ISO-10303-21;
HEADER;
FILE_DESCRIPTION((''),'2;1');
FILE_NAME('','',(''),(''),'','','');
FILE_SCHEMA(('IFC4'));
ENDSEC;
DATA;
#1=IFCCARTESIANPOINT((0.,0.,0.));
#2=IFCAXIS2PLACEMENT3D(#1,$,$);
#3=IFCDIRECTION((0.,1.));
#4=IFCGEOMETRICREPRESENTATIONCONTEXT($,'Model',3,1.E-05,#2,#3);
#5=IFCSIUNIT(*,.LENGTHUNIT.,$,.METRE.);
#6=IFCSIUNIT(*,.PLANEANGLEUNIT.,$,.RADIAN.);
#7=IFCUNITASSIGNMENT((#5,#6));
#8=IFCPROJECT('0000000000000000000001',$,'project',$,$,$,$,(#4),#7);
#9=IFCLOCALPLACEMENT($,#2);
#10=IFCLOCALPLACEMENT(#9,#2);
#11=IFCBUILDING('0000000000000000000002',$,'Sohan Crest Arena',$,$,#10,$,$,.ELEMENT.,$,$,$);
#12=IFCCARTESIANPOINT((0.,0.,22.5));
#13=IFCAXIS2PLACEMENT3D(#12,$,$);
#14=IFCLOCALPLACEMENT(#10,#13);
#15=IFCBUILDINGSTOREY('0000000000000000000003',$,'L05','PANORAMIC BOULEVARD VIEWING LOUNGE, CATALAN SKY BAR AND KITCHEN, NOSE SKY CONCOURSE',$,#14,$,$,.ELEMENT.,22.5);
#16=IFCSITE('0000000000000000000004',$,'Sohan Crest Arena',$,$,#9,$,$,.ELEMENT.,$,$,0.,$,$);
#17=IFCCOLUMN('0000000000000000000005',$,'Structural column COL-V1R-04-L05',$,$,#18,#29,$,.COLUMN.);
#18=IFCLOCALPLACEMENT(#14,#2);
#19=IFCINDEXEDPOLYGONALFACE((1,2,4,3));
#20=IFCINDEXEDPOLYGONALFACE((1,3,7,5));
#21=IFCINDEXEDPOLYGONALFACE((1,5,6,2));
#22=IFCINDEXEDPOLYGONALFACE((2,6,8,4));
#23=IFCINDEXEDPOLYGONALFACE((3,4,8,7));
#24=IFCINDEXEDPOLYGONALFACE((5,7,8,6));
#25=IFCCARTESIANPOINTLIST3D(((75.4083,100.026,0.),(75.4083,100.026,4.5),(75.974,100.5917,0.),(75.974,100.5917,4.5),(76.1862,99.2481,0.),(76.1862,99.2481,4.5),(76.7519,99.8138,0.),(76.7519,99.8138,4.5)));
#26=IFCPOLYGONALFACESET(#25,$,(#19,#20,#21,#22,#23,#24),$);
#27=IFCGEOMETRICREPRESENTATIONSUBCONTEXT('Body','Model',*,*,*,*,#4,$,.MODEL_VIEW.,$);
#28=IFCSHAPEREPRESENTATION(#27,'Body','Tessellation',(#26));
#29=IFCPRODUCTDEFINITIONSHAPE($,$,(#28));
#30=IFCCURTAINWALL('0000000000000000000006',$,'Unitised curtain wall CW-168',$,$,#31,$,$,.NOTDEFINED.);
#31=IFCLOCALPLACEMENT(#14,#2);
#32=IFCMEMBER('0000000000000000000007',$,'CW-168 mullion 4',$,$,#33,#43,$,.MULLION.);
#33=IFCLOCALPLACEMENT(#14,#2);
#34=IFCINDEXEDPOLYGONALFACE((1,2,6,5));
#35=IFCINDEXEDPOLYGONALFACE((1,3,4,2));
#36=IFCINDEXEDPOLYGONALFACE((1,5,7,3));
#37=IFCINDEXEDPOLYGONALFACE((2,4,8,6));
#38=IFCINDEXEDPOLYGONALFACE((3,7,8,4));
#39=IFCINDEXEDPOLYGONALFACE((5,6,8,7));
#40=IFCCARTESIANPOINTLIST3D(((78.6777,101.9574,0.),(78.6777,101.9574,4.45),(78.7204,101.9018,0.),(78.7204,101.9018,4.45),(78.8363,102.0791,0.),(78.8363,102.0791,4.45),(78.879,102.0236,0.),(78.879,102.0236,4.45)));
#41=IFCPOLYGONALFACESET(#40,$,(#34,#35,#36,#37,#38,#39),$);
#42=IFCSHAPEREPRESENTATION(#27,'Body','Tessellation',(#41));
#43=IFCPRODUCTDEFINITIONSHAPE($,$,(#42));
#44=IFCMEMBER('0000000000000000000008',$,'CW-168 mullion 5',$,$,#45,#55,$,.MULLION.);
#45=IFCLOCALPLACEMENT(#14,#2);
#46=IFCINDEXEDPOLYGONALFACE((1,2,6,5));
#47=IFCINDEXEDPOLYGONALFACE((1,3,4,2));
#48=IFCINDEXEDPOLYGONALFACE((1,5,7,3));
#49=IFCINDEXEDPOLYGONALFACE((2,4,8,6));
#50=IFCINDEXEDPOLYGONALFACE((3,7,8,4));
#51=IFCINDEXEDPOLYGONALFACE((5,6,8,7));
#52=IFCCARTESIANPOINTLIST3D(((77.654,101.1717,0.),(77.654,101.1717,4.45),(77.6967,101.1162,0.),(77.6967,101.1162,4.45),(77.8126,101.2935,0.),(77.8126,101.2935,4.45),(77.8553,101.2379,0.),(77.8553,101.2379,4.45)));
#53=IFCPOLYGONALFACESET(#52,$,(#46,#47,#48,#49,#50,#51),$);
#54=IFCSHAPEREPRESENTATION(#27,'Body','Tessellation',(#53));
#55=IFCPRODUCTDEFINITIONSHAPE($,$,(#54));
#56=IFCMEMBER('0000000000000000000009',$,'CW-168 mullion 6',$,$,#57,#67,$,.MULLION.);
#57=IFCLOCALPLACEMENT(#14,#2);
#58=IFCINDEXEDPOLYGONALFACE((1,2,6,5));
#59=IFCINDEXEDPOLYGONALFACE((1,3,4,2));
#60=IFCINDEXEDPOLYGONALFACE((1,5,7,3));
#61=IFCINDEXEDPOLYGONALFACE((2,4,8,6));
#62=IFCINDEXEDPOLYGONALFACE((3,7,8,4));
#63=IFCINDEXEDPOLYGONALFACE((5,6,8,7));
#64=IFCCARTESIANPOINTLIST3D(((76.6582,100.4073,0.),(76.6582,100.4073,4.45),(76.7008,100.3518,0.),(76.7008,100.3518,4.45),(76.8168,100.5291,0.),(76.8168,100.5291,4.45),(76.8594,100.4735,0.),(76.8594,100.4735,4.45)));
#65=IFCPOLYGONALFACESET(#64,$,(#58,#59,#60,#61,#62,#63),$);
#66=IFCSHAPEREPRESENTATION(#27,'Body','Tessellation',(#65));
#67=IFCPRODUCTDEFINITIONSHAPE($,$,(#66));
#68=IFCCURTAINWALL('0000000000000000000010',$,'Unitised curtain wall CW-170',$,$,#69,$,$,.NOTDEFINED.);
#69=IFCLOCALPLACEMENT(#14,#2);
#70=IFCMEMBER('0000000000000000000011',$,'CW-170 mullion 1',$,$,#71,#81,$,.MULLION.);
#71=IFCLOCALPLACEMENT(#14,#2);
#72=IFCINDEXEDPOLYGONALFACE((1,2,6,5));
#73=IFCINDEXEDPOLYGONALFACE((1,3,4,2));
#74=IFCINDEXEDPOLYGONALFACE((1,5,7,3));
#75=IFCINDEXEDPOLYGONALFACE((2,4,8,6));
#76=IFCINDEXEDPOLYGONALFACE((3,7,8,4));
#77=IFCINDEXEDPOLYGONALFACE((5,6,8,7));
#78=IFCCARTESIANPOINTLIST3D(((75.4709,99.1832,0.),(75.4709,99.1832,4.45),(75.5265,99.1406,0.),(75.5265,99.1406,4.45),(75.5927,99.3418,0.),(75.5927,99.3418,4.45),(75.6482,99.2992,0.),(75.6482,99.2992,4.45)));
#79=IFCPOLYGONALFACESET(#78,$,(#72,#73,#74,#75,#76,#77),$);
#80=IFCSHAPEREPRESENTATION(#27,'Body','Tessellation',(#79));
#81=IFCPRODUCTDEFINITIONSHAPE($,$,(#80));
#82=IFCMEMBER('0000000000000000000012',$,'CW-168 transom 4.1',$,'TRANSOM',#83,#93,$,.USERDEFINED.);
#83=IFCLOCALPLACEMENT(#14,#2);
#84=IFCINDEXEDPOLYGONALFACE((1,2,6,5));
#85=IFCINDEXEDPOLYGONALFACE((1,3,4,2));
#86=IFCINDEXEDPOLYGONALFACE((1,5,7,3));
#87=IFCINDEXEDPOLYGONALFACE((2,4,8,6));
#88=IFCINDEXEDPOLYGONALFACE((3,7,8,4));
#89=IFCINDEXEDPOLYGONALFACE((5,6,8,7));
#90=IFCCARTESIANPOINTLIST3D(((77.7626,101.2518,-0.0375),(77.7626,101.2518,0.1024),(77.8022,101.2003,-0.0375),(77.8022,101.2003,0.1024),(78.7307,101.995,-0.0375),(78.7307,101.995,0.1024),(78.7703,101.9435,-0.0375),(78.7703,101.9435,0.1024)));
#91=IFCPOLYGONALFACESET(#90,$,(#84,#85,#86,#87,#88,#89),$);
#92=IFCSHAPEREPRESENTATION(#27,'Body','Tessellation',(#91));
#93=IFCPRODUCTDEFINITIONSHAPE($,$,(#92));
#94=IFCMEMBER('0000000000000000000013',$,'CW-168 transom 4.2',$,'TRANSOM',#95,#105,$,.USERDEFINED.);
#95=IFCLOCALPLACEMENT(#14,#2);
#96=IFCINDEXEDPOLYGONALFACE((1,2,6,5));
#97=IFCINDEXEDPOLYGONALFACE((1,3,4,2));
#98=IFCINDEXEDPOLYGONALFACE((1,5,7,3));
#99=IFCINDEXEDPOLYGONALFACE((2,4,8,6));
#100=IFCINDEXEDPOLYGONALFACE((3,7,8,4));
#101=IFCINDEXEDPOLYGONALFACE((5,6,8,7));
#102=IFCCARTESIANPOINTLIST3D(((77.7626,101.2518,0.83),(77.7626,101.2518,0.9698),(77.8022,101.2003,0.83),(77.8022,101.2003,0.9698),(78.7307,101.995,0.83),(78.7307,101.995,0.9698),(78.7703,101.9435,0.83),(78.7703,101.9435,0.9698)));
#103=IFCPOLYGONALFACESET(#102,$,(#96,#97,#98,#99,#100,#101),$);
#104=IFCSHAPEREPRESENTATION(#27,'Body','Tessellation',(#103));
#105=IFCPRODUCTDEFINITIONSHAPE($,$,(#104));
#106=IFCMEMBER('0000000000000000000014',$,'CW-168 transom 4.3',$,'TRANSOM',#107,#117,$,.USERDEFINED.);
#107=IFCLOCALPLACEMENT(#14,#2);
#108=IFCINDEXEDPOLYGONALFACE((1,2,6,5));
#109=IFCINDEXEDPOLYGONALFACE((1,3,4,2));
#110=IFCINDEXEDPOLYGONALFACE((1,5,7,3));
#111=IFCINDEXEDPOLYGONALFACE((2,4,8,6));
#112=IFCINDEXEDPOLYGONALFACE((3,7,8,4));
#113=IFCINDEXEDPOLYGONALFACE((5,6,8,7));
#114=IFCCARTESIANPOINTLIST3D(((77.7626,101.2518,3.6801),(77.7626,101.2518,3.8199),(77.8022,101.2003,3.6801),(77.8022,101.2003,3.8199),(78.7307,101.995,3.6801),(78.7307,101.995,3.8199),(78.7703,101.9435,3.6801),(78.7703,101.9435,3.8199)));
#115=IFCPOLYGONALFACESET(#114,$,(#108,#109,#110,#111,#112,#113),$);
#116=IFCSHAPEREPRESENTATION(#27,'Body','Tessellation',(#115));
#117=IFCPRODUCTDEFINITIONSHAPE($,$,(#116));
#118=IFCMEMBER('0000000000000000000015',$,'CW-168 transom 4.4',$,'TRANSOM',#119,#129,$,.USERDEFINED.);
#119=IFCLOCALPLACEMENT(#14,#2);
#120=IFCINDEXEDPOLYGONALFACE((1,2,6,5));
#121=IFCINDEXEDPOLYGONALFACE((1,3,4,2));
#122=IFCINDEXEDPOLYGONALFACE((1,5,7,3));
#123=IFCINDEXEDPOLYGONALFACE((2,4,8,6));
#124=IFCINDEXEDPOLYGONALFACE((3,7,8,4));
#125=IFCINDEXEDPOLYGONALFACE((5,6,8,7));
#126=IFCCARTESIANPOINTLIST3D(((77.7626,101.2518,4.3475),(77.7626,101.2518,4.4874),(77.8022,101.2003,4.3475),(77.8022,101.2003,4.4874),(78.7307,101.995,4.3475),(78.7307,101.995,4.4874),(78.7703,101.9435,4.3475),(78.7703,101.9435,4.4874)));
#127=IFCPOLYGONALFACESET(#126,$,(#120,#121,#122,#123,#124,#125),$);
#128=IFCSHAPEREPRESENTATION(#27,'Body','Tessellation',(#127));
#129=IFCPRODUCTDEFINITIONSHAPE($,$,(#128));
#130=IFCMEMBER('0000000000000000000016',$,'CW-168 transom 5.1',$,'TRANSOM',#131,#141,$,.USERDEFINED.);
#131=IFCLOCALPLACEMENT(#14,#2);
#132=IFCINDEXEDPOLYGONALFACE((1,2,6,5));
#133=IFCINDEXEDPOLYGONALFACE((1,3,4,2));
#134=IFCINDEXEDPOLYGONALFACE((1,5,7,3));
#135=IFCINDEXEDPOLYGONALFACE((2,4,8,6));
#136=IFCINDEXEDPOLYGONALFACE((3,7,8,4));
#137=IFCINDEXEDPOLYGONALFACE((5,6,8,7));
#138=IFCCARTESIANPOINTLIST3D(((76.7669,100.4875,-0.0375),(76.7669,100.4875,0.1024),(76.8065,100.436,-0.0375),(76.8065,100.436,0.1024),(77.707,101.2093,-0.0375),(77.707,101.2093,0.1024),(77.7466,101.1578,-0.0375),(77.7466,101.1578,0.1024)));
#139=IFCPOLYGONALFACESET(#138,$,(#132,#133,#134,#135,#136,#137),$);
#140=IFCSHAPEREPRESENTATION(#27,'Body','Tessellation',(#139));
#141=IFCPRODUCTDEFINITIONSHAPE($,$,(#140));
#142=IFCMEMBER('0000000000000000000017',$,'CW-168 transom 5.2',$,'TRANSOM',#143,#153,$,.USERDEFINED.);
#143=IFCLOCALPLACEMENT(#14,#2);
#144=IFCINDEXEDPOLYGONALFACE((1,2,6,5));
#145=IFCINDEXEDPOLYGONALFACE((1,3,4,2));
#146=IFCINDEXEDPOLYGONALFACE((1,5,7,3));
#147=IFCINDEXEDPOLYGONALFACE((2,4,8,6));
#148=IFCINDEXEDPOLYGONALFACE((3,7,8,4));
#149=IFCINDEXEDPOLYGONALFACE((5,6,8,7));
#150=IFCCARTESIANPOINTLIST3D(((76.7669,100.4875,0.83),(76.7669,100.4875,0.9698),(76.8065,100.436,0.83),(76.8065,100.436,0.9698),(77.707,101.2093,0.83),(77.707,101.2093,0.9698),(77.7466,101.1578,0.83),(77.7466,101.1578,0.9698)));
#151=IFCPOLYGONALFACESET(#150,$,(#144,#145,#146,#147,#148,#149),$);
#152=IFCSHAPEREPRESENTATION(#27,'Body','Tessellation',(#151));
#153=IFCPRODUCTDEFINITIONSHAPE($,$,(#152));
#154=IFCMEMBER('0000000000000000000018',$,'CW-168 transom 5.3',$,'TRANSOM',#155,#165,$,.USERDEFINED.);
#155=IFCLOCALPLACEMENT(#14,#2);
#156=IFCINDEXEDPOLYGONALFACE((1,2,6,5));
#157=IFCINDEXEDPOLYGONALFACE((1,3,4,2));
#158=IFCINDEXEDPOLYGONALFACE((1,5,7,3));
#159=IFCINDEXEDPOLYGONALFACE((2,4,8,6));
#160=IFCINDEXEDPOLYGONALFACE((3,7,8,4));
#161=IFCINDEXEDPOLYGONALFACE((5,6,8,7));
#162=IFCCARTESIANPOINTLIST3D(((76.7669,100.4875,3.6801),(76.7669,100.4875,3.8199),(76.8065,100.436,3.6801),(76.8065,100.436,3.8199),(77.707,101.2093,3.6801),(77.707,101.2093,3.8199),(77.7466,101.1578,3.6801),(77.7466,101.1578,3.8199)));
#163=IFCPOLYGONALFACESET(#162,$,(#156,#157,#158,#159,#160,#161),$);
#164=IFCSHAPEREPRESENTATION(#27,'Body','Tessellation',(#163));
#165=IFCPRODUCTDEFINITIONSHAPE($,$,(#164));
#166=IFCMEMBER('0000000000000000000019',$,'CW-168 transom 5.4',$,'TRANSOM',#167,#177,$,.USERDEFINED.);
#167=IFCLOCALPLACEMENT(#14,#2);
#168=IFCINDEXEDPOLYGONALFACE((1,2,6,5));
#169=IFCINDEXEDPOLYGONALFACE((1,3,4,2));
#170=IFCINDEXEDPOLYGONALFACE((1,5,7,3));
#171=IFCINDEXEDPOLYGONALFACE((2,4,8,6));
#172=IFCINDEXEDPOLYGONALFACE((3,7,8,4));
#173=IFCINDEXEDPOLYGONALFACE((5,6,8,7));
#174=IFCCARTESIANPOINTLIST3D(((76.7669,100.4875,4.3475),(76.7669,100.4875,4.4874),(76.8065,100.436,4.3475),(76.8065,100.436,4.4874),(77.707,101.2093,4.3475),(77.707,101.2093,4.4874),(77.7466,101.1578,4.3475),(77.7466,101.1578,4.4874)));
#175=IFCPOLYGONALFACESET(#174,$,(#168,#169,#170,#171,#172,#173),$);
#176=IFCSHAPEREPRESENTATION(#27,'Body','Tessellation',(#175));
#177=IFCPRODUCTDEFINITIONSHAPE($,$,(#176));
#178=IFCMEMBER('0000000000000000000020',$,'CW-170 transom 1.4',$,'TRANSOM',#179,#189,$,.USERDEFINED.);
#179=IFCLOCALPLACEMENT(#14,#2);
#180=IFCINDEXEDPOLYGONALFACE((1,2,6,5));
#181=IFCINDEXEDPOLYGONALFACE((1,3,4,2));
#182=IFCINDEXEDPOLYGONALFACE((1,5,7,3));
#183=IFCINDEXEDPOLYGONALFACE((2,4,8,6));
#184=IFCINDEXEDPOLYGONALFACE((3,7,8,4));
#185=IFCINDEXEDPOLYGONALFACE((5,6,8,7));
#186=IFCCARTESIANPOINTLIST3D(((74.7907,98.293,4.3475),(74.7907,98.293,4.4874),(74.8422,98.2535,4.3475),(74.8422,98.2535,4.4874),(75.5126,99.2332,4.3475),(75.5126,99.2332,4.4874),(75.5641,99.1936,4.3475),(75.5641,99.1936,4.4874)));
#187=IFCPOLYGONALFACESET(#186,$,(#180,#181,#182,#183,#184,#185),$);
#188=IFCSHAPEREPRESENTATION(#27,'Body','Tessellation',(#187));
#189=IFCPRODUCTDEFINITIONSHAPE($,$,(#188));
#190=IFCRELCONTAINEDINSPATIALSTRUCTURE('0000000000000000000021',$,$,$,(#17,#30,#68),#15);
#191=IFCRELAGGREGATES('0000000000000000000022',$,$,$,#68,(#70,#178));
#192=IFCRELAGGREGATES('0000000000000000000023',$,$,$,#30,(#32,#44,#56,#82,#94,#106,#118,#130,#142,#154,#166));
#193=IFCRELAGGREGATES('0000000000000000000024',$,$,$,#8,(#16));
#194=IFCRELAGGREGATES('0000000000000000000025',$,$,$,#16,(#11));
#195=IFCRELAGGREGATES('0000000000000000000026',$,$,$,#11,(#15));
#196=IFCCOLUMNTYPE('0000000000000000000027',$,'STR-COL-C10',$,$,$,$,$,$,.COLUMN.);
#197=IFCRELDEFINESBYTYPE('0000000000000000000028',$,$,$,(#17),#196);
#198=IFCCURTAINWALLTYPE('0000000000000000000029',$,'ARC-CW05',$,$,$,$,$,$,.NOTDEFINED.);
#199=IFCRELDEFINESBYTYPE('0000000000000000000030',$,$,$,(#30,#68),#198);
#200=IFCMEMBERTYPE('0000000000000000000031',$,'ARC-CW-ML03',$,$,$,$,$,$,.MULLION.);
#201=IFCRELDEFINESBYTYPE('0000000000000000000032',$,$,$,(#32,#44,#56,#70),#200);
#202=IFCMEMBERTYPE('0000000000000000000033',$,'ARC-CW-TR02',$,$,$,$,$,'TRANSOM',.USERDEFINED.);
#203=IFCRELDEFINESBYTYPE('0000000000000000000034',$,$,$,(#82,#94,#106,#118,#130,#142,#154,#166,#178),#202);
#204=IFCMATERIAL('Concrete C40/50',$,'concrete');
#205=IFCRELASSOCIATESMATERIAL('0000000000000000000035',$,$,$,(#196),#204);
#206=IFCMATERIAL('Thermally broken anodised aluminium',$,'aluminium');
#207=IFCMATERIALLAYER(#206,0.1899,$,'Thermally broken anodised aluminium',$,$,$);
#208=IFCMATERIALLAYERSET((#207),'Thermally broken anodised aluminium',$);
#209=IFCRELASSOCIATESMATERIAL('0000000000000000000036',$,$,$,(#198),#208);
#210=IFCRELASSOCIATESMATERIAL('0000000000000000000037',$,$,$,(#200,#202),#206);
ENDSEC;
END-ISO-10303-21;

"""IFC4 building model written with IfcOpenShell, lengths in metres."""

from ifc_helpers import new_model, si_unit, direction, frame, origin, origin_2d, place, context, subcontext, project, spatial, rectangle, extrude, material, layer, layer_set, material_profile, profile_set, type_object, element, aggregate, save


model = new_model("IFC4")

# Units and contexts
model_context = context("Model", 3, precision=1e-05, world=origin(), true_north=direction((0.0, 1.0)))
body_context = subcontext(model_context, "Body", "Model", "MODEL_VIEW")
ifc_project = project(units=[si_unit("LENGTHUNIT", "METRE"), si_unit("PLANEANGLEUNIT", "RADIAN")], contexts=[model_context])

# Site, building, storey
site_placement = place(None, origin())
site = spatial("IfcSite", under=ifc_project, at=site_placement, Name="Sohan Crest Arena", CompositionType="ELEMENT", RefElevation=0.0)
building_placement = place(site_placement, origin())
building = spatial("IfcBuilding", under=site, at=building_placement, Name="Sohan Crest Arena", CompositionType="ELEMENT")
storey_placement = place(building_placement, frame((0.0, 0.0, 22.5)))
storey = spatial("IfcBuildingStorey", under=building, at=storey_placement, Name="L05", Description="PANORAMIC BOULEVARD VIEWING LOUNGE, CATALAN SKY BAR AND KITCHEN, NOSE SKY CONCOURSE", CompositionType="ELEMENT", Elevation=22.5)

# Column
ifc_material_1 = material(Name="Concrete C40/50", Category="concrete")
ifc_material_profile_1 = material_profile(ifc_material_1, rectangle(XDim=1.1001, YDim=0.8, at=origin_2d()), Name="RC 1100x800")
ifc_profile_set_1 = profile_set([ifc_material_profile_1], Name="Concrete C40/50")
column_type = type_object("IfcColumnType", Name="STR-COL-C10", PredefinedType="COLUMN", material=ifc_profile_set_1)
column_placement = place(storey_placement, frame((76.0801, 99.9199, 0.0), z_axis=(0.0, 0.0, 1.0), x_axis=(-0.707107, 0.707107, 0.0)))
element("IfcColumn", 1, at=column_placement, inside=storey, type_object=column_type, Name="Structural column COL-V1R-04-L05", PredefinedType="COLUMN", context=body_context, shape_type="SweptSolid", body=[
    extrude(rectangle(XDim=1.1001, YDim=0.8, at=origin_2d()), origin(), (0.0, 0.0, 1.0), 4.5),
])

# Curtain wall, members
ifc_material_2 = material(Name="Thermally broken anodised aluminium", Category="aluminium")
ifc_layer_1 = layer(ifc_material_2, 0.1899, Name="Thermally broken anodised aluminium")
ifc_layer_set_1 = layer_set([ifc_layer_1], Name="Thermally broken anodised aluminium")
curtain_wall_type = type_object("IfcCurtainWallType", Name="ARC-CW05", PredefinedType="NOTDEFINED", material=ifc_layer_set_1)
curtain_wall_1_placement = place(storey_placement, origin())
curtain_wall_1 = element("IfcCurtainWall", 2, at=curtain_wall_1_placement, inside=storey, type_object=curtain_wall_type, Name="Unitised curtain wall CW-168", PredefinedType="NOTDEFINED")
ifc_material_profile_2 = material_profile(ifc_material_2, rectangle(XDim=0.0701, YDim=0.2, at=origin_2d()), Name="ALU-MULL 70x200")
ifc_profile_set_2 = profile_set([ifc_material_profile_2], Name="Thermally broken anodised aluminium")
member_type_1 = type_object("IfcMemberType", Name="ARC-CW-ML03", PredefinedType="MULLION", material=ifc_profile_set_2)
member_1_placement = place(storey_placement, frame((78.7783, 101.9905, 0.0), z_axis=(0.0, 0.0, 1.0), x_axis=(0.608939, -0.793217, 0.0)))
member_1 = element("IfcMember", 3, at=member_1_placement, type_object=member_type_1, Name="CW-168 mullion 4", PredefinedType="MULLION", context=body_context, shape_type="SweptSolid", body=[
    extrude(rectangle(XDim=0.0701, YDim=0.2, at=origin_2d()), origin(), (0.0, 0.0, 1.0), 4.45),
])
member_2_placement = place(storey_placement, frame((77.7546, 101.2048, 0.0), z_axis=(0.0, 0.0, 1.0), x_axis=(0.608939, -0.793217, 0.0)))
member_2 = element("IfcMember", 4, at=member_2_placement, type_object=member_type_1, Name="CW-168 mullion 5", PredefinedType="MULLION", context=body_context, shape_type="SweptSolid", body=[
    extrude(rectangle(XDim=0.0701, YDim=0.2, at=origin_2d()), origin(), (0.0, 0.0, 1.0), 4.45),
])
member_3_placement = place(storey_placement, frame((76.7588, 100.4404, 0.0), z_axis=(0.0, 0.0, 1.0), x_axis=(0.608939, -0.793217, 0.0)))
member_3 = element("IfcMember", 5, at=member_3_placement, type_object=member_type_1, Name="CW-168 mullion 6", PredefinedType="MULLION", context=body_context, shape_type="SweptSolid", body=[
    extrude(rectangle(XDim=0.0701, YDim=0.2, at=origin_2d()), origin(), (0.0, 0.0, 1.0), 4.45),
])

# Curtain wall, member
curtain_wall_2_placement = place(storey_placement, origin())
curtain_wall_2 = element("IfcCurtainWall", 6, at=curtain_wall_2_placement, inside=storey, type_object=curtain_wall_type, Name="Unitised curtain wall CW-170", PredefinedType="NOTDEFINED")
member_4_placement = place(storey_placement, frame((75.5596, 99.2412, 0.0), z_axis=(0.0, 0.0, 1.0), x_axis=(0.793217, -0.608939, 0.0)))
member_4 = element("IfcMember", 7, at=member_4_placement, type_object=member_type_1, Name="CW-170 mullion 1", PredefinedType="MULLION", context=body_context, shape_type="SweptSolid", body=[
    extrude(rectangle(XDim=0.0701, YDim=0.2, at=origin_2d()), origin(), (0.0, 0.0, 1.0), 4.45),
])

# Members
ifc_material_profile_3 = material_profile(ifc_material_2, rectangle(XDim=0.0649, YDim=0.1399, at=origin_2d()), Name="ALU-TRAN 65x140")
ifc_profile_set_3 = profile_set([ifc_material_profile_3], Name="Thermally broken anodised aluminium")
member_type_2 = type_object("IfcMemberType", Name="ARC-CW-TR02", ElementType="TRANSOM", PredefinedType="USERDEFINED", material=ifc_profile_set_3)
member_5_placement = place(storey_placement, frame((78.7505, 101.9692, 0.0325), z_axis=(-0.793204, -0.608956, 0.0), x_axis=(0.608956, -0.793204, 0.0)))
member_5 = element("IfcMember", 8, at=member_5_placement, type_object=member_type_2, Name="CW-168 transom 4.1", ObjectType="TRANSOM", PredefinedType="USERDEFINED", context=body_context, shape_type="SweptSolid", body=[
    extrude(rectangle(XDim=0.0649, YDim=0.1399, at=origin_2d()), origin(), (0.0, 0.0, 1.0), 1.2205),
])
member_6_placement = place(storey_placement, frame((78.7505, 101.9692, 0.8999), z_axis=(-0.793204, -0.608956, 0.0), x_axis=(0.608956, -0.793204, 0.0)))
member_6 = element("IfcMember", 9, at=member_6_placement, type_object=member_type_2, Name="CW-168 transom 4.2", ObjectType="TRANSOM", PredefinedType="USERDEFINED", context=body_context, shape_type="SweptSolid", body=[
    extrude(rectangle(XDim=0.0649, YDim=0.1399, at=origin_2d()), origin(), (0.0, 0.0, 1.0), 1.2205),
])
member_7_placement = place(storey_placement, frame((78.7505, 101.9692, 3.75), z_axis=(-0.793204, -0.608956, 0.0), x_axis=(0.608956, -0.793204, 0.0)))
member_7 = element("IfcMember", 10, at=member_7_placement, type_object=member_type_2, Name="CW-168 transom 4.3", ObjectType="TRANSOM", PredefinedType="USERDEFINED", context=body_context, shape_type="SweptSolid", body=[
    extrude(rectangle(XDim=0.0649, YDim=0.1399, at=origin_2d()), origin(), (0.0, 0.0, 1.0), 1.2205),
])
member_8_placement = place(storey_placement, frame((78.7505, 101.9692, 4.4175), z_axis=(-0.793204, -0.608956, 0.0), x_axis=(0.608956, -0.793204, 0.0)))
member_8 = element("IfcMember", 11, at=member_8_placement, type_object=member_type_2, Name="CW-168 transom 4.4", ObjectType="TRANSOM", PredefinedType="USERDEFINED", context=body_context, shape_type="SweptSolid", body=[
    extrude(rectangle(XDim=0.0649, YDim=0.1399, at=origin_2d()), origin(), (0.0, 0.0, 1.0), 1.2205),
])
member_9_placement = place(storey_placement, frame((77.7268, 101.1836, 0.0325), z_axis=(-0.793152, -0.609024, 0.0), x_axis=(0.609024, -0.793152, 0.0)))
member_9 = element("IfcMember", 12, at=member_9_placement, type_object=member_type_2, Name="CW-168 transom 5.1", ObjectType="TRANSOM", PredefinedType="USERDEFINED", context=body_context, shape_type="SweptSolid", body=[
    extrude(rectangle(XDim=0.0649, YDim=0.1399, at=origin_2d()), origin(), (0.0, 0.0, 1.0), 1.1853),
])
member_10_placement = place(storey_placement, frame((77.7268, 101.1836, 0.8999), z_axis=(-0.793152, -0.609024, 0.0), x_axis=(0.609024, -0.793152, 0.0)))
member_10 = element("IfcMember", 13, at=member_10_placement, type_object=member_type_2, Name="CW-168 transom 5.2", ObjectType="TRANSOM", PredefinedType="USERDEFINED", context=body_context, shape_type="SweptSolid", body=[
    extrude(rectangle(XDim=0.0649, YDim=0.1399, at=origin_2d()), origin(), (0.0, 0.0, 1.0), 1.1853),
])
member_11_placement = place(storey_placement, frame((77.7268, 101.1836, 3.75), z_axis=(-0.793152, -0.609024, 0.0), x_axis=(0.609024, -0.793152, 0.0)))
member_11 = element("IfcMember", 14, at=member_11_placement, type_object=member_type_2, Name="CW-168 transom 5.3", ObjectType="TRANSOM", PredefinedType="USERDEFINED", context=body_context, shape_type="SweptSolid", body=[
    extrude(rectangle(XDim=0.0649, YDim=0.1399, at=origin_2d()), origin(), (0.0, 0.0, 1.0), 1.1853),
])
member_12_placement = place(storey_placement, frame((77.7268, 101.1836, 4.4175), z_axis=(-0.793152, -0.609024, 0.0), x_axis=(0.609024, -0.793152, 0.0)))
member_12 = element("IfcMember", 15, at=member_12_placement, type_object=member_type_2, Name="CW-168 transom 5.4", ObjectType="TRANSOM", PredefinedType="USERDEFINED", context=body_context, shape_type="SweptSolid", body=[
    extrude(rectangle(XDim=0.0649, YDim=0.1399, at=origin_2d()), origin(), (0.0, 0.0, 1.0), 1.1853),
])
member_13_placement = place(storey_placement, frame((75.5383, 99.2134, 4.4175), z_axis=(-0.609024, -0.793152, 0.0), x_axis=(0.793152, -0.609024, 0.0)))
member_13 = element("IfcMember", 16, at=member_13_placement, type_object=member_type_2, Name="CW-170 transom 1.4", ObjectType="TRANSOM", PredefinedType="USERDEFINED", context=body_context, shape_type="SweptSolid", body=[
    extrude(rectangle(XDim=0.0649, YDim=0.1399, at=origin_2d()), origin(), (0.0, 0.0, 1.0), 1.1853),
])
aggregate(curtain_wall_2, [member_4, member_13])

aggregate(curtain_wall_1, [member_1, member_2, member_3, member_5, member_6, member_7, member_8, member_9, member_10, member_11, member_12])

save(model, "model.ifc")
